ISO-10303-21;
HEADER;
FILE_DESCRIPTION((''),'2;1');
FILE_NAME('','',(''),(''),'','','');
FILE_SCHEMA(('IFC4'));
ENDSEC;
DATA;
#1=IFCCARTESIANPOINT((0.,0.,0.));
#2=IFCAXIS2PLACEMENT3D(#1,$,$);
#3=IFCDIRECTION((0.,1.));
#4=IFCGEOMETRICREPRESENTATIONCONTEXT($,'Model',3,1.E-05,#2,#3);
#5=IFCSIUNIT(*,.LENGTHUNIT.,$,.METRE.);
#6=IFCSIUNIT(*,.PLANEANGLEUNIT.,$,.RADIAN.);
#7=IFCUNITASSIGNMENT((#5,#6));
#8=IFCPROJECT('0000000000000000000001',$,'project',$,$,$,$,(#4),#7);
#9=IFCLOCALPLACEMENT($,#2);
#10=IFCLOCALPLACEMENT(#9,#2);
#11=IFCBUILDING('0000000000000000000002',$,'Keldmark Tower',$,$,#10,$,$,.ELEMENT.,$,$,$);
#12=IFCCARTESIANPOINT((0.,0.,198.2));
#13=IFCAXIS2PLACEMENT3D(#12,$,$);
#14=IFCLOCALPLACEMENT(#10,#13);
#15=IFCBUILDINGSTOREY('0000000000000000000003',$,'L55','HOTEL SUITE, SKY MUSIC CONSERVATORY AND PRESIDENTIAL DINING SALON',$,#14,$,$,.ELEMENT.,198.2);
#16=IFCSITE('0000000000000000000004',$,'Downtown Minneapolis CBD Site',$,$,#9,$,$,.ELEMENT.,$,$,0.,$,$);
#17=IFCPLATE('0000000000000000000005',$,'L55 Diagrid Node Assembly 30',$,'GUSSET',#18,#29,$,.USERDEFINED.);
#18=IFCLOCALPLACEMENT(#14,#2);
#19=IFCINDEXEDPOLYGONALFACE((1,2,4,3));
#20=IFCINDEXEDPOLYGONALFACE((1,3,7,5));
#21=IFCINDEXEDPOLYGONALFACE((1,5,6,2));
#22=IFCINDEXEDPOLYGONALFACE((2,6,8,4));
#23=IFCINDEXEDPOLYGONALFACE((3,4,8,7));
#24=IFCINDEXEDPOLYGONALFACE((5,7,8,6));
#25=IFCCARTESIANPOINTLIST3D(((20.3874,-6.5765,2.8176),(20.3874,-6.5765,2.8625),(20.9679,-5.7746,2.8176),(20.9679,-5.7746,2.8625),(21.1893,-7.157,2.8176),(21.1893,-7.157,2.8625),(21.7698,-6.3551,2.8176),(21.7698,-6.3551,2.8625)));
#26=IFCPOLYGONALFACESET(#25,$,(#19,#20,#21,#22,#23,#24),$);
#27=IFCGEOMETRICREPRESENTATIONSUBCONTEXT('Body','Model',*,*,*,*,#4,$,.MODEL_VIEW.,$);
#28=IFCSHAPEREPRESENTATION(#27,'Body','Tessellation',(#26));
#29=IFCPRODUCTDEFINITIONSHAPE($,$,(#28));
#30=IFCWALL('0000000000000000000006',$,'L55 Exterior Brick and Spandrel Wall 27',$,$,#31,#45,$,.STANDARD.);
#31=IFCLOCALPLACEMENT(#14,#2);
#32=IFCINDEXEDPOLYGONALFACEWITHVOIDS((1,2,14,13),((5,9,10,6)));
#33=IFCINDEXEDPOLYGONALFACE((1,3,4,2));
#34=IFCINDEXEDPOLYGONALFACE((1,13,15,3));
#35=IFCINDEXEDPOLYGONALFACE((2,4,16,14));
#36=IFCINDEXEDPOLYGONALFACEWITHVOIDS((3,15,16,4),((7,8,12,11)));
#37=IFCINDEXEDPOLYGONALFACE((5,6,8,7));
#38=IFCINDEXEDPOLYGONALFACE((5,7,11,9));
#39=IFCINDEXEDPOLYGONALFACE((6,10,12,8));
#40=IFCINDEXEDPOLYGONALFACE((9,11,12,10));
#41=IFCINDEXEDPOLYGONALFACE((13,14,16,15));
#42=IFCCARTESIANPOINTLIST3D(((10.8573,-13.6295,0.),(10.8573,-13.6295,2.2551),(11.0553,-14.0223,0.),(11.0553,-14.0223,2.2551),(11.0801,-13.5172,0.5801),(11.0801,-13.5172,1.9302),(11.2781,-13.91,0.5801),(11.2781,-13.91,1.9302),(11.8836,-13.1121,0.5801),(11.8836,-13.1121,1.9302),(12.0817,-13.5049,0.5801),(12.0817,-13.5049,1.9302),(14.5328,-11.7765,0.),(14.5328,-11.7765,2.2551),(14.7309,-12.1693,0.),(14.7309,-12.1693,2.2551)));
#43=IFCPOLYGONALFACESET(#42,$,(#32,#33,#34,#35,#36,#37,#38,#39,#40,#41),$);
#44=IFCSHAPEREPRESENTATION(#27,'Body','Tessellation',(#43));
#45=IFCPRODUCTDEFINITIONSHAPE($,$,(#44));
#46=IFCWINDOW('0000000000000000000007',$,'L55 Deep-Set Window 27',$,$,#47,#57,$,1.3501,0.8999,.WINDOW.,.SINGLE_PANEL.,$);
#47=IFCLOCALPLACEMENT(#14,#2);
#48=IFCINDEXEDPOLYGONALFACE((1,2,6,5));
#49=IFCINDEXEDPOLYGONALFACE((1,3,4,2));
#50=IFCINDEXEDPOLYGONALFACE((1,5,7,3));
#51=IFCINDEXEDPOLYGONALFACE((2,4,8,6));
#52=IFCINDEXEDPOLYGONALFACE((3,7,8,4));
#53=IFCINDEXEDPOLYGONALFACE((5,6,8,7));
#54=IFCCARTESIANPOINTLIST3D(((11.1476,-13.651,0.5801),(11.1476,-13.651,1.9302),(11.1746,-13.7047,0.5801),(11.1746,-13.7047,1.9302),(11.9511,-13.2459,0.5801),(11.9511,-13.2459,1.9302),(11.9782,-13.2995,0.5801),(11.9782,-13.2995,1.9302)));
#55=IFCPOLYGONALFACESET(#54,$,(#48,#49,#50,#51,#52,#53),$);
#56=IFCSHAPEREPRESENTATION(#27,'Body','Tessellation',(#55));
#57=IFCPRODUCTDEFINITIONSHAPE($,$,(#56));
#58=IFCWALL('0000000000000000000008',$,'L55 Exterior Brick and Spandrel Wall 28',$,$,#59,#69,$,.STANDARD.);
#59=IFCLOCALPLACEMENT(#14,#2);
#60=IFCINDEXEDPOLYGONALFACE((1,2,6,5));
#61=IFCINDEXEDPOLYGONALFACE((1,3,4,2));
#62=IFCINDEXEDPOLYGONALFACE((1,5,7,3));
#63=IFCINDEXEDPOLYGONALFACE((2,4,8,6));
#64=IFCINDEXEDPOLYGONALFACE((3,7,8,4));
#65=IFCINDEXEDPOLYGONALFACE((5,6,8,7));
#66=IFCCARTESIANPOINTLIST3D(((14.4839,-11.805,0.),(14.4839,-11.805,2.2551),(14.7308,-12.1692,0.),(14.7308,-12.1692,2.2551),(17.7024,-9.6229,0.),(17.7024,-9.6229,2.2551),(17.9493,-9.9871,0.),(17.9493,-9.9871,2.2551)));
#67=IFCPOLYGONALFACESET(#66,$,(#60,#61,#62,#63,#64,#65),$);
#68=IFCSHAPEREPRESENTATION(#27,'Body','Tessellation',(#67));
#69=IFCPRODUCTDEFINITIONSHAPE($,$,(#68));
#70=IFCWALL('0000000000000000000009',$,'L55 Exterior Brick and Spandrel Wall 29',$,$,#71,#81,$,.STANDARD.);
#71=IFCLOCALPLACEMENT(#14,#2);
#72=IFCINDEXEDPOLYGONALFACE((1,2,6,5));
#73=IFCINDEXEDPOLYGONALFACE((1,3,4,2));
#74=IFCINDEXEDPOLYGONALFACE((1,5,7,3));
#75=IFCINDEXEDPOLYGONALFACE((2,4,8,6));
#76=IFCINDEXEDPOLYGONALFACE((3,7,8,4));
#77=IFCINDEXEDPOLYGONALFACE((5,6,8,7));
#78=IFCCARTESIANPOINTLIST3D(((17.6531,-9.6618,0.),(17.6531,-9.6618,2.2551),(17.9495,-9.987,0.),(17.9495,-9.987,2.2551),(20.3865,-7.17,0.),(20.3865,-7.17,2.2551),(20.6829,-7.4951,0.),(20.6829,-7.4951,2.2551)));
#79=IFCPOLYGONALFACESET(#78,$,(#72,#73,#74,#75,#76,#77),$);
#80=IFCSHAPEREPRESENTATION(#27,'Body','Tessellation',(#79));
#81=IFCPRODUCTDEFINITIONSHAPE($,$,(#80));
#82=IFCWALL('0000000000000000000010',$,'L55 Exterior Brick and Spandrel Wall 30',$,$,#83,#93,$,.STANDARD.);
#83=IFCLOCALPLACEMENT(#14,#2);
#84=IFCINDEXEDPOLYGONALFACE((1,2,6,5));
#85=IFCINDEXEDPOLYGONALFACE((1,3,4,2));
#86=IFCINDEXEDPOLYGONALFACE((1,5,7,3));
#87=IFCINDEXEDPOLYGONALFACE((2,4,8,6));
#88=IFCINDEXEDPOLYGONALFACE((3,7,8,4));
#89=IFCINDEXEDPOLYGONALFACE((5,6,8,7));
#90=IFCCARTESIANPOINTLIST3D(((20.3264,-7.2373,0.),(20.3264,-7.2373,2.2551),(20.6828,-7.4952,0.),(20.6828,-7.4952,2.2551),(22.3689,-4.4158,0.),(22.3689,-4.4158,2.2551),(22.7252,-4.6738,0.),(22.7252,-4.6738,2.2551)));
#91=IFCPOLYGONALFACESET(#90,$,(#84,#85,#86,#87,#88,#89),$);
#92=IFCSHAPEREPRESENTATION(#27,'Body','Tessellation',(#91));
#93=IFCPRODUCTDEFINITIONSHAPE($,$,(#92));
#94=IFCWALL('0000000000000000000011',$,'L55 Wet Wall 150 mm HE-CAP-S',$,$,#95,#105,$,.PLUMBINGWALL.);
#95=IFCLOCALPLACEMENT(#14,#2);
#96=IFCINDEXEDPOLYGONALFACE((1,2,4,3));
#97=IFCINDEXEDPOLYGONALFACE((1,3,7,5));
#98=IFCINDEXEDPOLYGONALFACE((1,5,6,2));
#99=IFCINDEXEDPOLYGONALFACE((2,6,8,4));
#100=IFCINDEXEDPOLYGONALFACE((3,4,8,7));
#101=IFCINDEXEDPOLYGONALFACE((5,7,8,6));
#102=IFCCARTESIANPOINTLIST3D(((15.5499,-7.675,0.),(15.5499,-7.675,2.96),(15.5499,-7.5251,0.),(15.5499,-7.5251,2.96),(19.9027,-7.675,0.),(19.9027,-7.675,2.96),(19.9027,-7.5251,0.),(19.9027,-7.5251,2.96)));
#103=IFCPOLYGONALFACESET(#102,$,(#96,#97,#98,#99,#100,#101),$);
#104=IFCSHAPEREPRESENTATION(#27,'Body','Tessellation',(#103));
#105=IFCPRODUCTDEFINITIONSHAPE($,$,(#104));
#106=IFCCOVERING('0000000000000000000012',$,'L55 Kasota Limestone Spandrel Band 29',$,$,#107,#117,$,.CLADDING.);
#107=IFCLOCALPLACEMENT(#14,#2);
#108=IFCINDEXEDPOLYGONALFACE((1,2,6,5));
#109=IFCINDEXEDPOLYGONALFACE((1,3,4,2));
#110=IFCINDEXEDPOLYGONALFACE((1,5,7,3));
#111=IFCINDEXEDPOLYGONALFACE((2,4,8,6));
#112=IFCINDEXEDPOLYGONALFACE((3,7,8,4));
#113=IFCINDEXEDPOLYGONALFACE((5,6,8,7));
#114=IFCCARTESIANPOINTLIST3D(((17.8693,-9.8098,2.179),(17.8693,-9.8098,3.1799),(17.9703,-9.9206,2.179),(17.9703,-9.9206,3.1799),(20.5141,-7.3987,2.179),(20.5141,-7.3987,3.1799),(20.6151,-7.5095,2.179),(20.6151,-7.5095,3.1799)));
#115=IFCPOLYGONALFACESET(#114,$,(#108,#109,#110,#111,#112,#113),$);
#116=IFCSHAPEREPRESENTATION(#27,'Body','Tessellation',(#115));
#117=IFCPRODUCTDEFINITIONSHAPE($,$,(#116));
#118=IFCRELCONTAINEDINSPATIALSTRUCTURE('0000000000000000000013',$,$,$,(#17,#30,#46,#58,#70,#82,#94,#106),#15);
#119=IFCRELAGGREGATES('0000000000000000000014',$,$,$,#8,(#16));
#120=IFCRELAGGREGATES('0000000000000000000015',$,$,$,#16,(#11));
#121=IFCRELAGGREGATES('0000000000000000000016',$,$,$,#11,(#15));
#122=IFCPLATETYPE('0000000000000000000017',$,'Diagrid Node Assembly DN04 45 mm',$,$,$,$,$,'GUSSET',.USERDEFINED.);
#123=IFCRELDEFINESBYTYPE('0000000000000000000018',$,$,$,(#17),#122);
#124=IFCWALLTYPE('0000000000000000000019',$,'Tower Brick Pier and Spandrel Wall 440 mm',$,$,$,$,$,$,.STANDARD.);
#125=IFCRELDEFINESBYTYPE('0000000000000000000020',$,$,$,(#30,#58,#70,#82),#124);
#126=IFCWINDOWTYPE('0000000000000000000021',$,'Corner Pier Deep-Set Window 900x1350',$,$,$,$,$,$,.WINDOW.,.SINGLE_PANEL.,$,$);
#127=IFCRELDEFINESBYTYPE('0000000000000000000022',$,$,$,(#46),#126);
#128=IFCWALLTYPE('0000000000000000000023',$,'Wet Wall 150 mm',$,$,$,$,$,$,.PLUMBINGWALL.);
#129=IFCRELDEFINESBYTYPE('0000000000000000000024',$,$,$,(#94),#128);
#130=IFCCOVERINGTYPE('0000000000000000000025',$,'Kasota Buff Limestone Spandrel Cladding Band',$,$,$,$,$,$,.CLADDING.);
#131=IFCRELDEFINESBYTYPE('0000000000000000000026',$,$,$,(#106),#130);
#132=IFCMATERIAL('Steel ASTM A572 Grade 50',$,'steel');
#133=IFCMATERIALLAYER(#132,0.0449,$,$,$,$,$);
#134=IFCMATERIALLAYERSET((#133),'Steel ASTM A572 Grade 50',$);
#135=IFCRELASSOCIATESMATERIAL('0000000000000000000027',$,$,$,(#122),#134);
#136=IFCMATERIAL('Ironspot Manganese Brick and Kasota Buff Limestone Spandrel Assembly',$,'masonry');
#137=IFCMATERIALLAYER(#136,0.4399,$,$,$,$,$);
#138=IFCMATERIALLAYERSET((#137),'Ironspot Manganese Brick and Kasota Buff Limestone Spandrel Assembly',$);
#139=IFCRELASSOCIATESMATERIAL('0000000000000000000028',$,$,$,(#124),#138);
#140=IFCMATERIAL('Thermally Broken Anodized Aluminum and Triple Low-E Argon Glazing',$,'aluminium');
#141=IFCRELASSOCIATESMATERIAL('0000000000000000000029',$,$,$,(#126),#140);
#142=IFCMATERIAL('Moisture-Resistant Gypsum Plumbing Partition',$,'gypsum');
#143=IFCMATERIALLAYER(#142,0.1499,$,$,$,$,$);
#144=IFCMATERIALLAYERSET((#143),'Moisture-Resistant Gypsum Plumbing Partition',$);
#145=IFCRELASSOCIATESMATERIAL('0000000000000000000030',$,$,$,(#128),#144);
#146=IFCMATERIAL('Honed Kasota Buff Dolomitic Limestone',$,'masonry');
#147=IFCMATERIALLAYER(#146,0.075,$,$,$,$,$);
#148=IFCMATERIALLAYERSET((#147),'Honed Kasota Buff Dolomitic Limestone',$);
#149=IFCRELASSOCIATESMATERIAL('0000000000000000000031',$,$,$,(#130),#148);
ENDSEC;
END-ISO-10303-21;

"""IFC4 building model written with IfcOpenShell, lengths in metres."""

from ifc_helpers import new_model, si_unit, direction, frame, frame_2d, origin, origin_2d, place, context, subcontext, project, spatial, rectangle, extrude, material, layer, layer_set, type_object, element, fill, save


model = new_model("IFC4")

# Units and contexts
model_context = context("Model", 3, precision=1e-05, world=origin(), true_north=direction((0.0, 1.0)))
body_context = subcontext(model_context, "Body", "Model", "MODEL_VIEW")
ifc_project = project(units=[si_unit("LENGTHUNIT", "METRE"), si_unit("PLANEANGLEUNIT", "RADIAN")], contexts=[model_context])

# Site, building, storey
site_placement = place(None, origin())
site = spatial("IfcSite", under=ifc_project, at=site_placement, Name="Downtown Minneapolis CBD Site", CompositionType="ELEMENT", RefElevation=0.0)
building_placement = place(site_placement, origin())
building = spatial("IfcBuilding", under=site, at=building_placement, Name="Keldmark Tower", CompositionType="ELEMENT")
storey_placement = place(building_placement, frame((0.0, 0.0, 198.2)))
storey = spatial("IfcBuildingStorey", under=building, at=storey_placement, Name="L55", Description="HOTEL SUITE, SKY MUSIC CONSERVATORY AND PRESIDENTIAL DINING SALON", CompositionType="ELEMENT", Elevation=198.2)

# Plate
ifc_material_1 = material(Name="Steel ASTM A572 Grade 50", Category="steel")
ifc_layer_1 = layer(ifc_material_1, 0.0449)
ifc_layer_set_1 = layer_set([ifc_layer_1], Name="Steel ASTM A572 Grade 50")
plate_type = type_object("IfcPlateType", Name="Diagrid Node Assembly DN04 45 mm", ElementType="GUSSET", PredefinedType="USERDEFINED", material=ifc_layer_set_1)
for number, where, z_axis, x_axis, name in (
    (1, (21.0786, -6.4658, 2.8176), (0.0, 0.0, 1.0), (0.586372, 0.810042, 0.0), "L55 Diagrid Node Assembly 30"),
):
    element("IfcPlate", number, at=place(storey_placement, frame(where, z_axis=z_axis, x_axis=x_axis)), inside=storey, type_object=plate_type, Name=name, ObjectType="GUSSET", PredefinedType="USERDEFINED", context=body_context, shape_type="SweptSolid", body=[
        extrude(rectangle(XDim=0.99, YDim=0.99, at=origin_2d()), origin(), (0.0, 0.0, 1.0), 0.0449),
    ])

# Wall, opening, window
ifc_material_2 = material(Name="Ironspot Manganese Brick and Kasota Buff Limestone Spandrel Assembly", Category="masonry")
ifc_layer_2 = layer(ifc_material_2, 0.4399)
ifc_layer_set_2 = layer_set([ifc_layer_2], Name="Ironspot Manganese Brick and Kasota Buff Limestone Spandrel Assembly")
wall_type_1 = type_object("IfcWallType", Name="Tower Brick Pier and Spandrel Wall 440 mm", PredefinedType="STANDARD", material=ifc_layer_set_2)
wall_1_placement = place(storey_placement, frame((14.6318, -11.9729, 0.0), z_axis=(0.0, 0.0, 1.0), x_axis=(-0.892939, -0.450177, 0.0)))
wall_1 = element("IfcWall", 2, at=wall_1_placement, inside=storey, type_object=wall_type_1, Name="L55 Exterior Brick and Spandrel Wall 27", PredefinedType="STANDARD", context=body_context, shape_type="SweptSolid", body=[
    extrude(rectangle(XDim=4.1162, YDim=0.4399, at=frame_2d((2.0581, 0.0))), origin(), (0.0, 0.0, 1.0), 2.2551),
])
opening_1_placement = place(wall_1_placement, frame((2.9668, 0.0, 0.5801)))
opening_1 = element("IfcOpeningElement", 3, at=opening_1_placement, cuts=wall_1, PredefinedType="OPENING", context=body_context, shape_type="SweptSolid", body=[
    extrude(rectangle(XDim=0.8999, YDim=1.3501, at=frame_2d((0.45, 0.675))), frame((0.0, 0.23, 0.0), z_axis=(0.0, -1.0, 0.0), x_axis=(1.0, 0.0, 0.0)), (0.0, 0.0, 1.0), 0.46),
])
ifc_material_3 = material(Name="Thermally Broken Anodized Aluminum and Triple Low-E Argon Glazing", Category="aluminium")
window_type = type_object("IfcWindowType", Name="Corner Pier Deep-Set Window 900x1350", PartitioningType="SINGLE_PANEL", PredefinedType="WINDOW", material=ifc_material_3)
window_placement = place(opening_1_placement, origin())
window = element("IfcWindow", 4, at=window_placement, inside=storey, type_object=window_type, Name="L55 Deep-Set Window 27", OverallHeight=1.3501, OverallWidth=0.8999, PartitioningType="SINGLE_PANEL", PredefinedType="WINDOW", context=body_context, shape_type="SweptSolid", body=[
    extrude(rectangle(XDim=0.8999, YDim=1.3501, at=frame_2d((0.45, 0.675))), frame((0.0, -0.01, 0.0), z_axis=(0.0, -1.0, 0.0), x_axis=(1.0, 0.0, 0.0)), (0.0, 0.0, 1.0), 0.0601),
])
fill(opening_1, window)

# Walls
wall_2_placement = place(storey_placement, frame((17.8259, -9.8049, 0.0), z_axis=(0.0, 0.0, 1.0), x_axis=(-0.827698, -0.561174, 0.0)))
element("IfcWall", 5, at=wall_2_placement, inside=storey, type_object=wall_type_1, Name="L55 Exterior Brick and Spandrel Wall 28", PredefinedType="STANDARD", context=body_context, shape_type="SweptSolid", body=[
    extrude(rectangle(XDim=3.8884, YDim=0.4399, at=frame_2d((1.9443, 0.0))), origin(), (0.0, 0.0, 1.0), 2.2551),
])
wall_3_placement = place(storey_placement, frame((20.5347, -7.3325, 0.0), z_axis=(0.0, 0.0, 1.0), x_axis=(-0.738993, -0.673714, 0.0)))
element("IfcWall", 6, at=wall_3_placement, inside=storey, type_object=wall_type_1, Name="L55 Exterior Brick and Spandrel Wall 29", PredefinedType="STANDARD", context=body_context, shape_type="SweptSolid", body=[
    extrude(rectangle(XDim=3.6987, YDim=0.4399, at=frame_2d((1.8494, 0.0))), origin(), (0.0, 0.0, 1.0), 2.2551),
])
wall_4_placement = place(storey_placement, frame((22.5471, -4.5447, 0.0), z_axis=(0.0, 0.0, 1.0), x_axis=(-0.586378, -0.810037, 0.0)))
element("IfcWall", 7, at=wall_4_placement, inside=storey, type_object=wall_type_1, Name="L55 Exterior Brick and Spandrel Wall 30", PredefinedType="STANDARD", context=body_context, shape_type="SweptSolid", body=[
    extrude(rectangle(XDim=3.4832, YDim=0.4399, at=frame_2d((1.7417, 0.0))), origin(), (0.0, 0.0, 1.0), 2.2551),
])
ifc_material_4 = material(Name="Moisture-Resistant Gypsum Plumbing Partition", Category="gypsum")
ifc_layer_3 = layer(ifc_material_4, 0.1499)
ifc_layer_set_3 = layer_set([ifc_layer_3], Name="Moisture-Resistant Gypsum Plumbing Partition")
wall_type_2 = type_object("IfcWallType", Name="Wet Wall 150 mm", PredefinedType="PLUMBINGWALL", material=ifc_layer_set_3)
wall_5_placement = place(storey_placement, frame((15.55, -7.6001, 0.0), z_axis=(0.0, 0.0, 1.0), x_axis=(1.0, 0.0, 0.0)))
element("IfcWall", 8, at=wall_5_placement, inside=storey, type_object=wall_type_2, Name="L55 Wet Wall 150 mm HE-CAP-S", PredefinedType="PLUMBINGWALL", context=body_context, shape_type="SweptSolid", body=[
    extrude(rectangle(XDim=4.3528, YDim=0.1499, at=frame_2d((2.1763, 0.0))), origin(), (0.0, 0.0, 1.0), 2.96),
])

# Covering
ifc_material_5 = material(Name="Honed Kasota Buff Dolomitic Limestone", Category="masonry")
ifc_layer_4 = layer(ifc_material_5, 0.075)
ifc_layer_set_4 = layer_set([ifc_layer_4], Name="Honed Kasota Buff Dolomitic Limestone")
covering_type = type_object("IfcCoveringType", Name="Kasota Buff Limestone Spandrel Cladding Band", PredefinedType="CLADDING", material=ifc_layer_set_4)
covering_placement = place(storey_placement, frame((19.2422, -8.6597, 2.179), z_axis=(0.0, 0.0, 1.0), x_axis=(0.738996, 0.673709, 0.0)))
element("IfcCovering", 9, at=covering_placement, inside=storey, type_object=covering_type, Name="L55 Kasota Limestone Spandrel Band 29", PredefinedType="CLADDING", context=body_context, shape_type="SweptSolid", body=[
    extrude(rectangle(XDim=3.5789, YDim=0.1499, at=origin_2d()), origin(), (0.0, 0.0, 1.0), 1.001),
])

save(model, "model.ifc")
